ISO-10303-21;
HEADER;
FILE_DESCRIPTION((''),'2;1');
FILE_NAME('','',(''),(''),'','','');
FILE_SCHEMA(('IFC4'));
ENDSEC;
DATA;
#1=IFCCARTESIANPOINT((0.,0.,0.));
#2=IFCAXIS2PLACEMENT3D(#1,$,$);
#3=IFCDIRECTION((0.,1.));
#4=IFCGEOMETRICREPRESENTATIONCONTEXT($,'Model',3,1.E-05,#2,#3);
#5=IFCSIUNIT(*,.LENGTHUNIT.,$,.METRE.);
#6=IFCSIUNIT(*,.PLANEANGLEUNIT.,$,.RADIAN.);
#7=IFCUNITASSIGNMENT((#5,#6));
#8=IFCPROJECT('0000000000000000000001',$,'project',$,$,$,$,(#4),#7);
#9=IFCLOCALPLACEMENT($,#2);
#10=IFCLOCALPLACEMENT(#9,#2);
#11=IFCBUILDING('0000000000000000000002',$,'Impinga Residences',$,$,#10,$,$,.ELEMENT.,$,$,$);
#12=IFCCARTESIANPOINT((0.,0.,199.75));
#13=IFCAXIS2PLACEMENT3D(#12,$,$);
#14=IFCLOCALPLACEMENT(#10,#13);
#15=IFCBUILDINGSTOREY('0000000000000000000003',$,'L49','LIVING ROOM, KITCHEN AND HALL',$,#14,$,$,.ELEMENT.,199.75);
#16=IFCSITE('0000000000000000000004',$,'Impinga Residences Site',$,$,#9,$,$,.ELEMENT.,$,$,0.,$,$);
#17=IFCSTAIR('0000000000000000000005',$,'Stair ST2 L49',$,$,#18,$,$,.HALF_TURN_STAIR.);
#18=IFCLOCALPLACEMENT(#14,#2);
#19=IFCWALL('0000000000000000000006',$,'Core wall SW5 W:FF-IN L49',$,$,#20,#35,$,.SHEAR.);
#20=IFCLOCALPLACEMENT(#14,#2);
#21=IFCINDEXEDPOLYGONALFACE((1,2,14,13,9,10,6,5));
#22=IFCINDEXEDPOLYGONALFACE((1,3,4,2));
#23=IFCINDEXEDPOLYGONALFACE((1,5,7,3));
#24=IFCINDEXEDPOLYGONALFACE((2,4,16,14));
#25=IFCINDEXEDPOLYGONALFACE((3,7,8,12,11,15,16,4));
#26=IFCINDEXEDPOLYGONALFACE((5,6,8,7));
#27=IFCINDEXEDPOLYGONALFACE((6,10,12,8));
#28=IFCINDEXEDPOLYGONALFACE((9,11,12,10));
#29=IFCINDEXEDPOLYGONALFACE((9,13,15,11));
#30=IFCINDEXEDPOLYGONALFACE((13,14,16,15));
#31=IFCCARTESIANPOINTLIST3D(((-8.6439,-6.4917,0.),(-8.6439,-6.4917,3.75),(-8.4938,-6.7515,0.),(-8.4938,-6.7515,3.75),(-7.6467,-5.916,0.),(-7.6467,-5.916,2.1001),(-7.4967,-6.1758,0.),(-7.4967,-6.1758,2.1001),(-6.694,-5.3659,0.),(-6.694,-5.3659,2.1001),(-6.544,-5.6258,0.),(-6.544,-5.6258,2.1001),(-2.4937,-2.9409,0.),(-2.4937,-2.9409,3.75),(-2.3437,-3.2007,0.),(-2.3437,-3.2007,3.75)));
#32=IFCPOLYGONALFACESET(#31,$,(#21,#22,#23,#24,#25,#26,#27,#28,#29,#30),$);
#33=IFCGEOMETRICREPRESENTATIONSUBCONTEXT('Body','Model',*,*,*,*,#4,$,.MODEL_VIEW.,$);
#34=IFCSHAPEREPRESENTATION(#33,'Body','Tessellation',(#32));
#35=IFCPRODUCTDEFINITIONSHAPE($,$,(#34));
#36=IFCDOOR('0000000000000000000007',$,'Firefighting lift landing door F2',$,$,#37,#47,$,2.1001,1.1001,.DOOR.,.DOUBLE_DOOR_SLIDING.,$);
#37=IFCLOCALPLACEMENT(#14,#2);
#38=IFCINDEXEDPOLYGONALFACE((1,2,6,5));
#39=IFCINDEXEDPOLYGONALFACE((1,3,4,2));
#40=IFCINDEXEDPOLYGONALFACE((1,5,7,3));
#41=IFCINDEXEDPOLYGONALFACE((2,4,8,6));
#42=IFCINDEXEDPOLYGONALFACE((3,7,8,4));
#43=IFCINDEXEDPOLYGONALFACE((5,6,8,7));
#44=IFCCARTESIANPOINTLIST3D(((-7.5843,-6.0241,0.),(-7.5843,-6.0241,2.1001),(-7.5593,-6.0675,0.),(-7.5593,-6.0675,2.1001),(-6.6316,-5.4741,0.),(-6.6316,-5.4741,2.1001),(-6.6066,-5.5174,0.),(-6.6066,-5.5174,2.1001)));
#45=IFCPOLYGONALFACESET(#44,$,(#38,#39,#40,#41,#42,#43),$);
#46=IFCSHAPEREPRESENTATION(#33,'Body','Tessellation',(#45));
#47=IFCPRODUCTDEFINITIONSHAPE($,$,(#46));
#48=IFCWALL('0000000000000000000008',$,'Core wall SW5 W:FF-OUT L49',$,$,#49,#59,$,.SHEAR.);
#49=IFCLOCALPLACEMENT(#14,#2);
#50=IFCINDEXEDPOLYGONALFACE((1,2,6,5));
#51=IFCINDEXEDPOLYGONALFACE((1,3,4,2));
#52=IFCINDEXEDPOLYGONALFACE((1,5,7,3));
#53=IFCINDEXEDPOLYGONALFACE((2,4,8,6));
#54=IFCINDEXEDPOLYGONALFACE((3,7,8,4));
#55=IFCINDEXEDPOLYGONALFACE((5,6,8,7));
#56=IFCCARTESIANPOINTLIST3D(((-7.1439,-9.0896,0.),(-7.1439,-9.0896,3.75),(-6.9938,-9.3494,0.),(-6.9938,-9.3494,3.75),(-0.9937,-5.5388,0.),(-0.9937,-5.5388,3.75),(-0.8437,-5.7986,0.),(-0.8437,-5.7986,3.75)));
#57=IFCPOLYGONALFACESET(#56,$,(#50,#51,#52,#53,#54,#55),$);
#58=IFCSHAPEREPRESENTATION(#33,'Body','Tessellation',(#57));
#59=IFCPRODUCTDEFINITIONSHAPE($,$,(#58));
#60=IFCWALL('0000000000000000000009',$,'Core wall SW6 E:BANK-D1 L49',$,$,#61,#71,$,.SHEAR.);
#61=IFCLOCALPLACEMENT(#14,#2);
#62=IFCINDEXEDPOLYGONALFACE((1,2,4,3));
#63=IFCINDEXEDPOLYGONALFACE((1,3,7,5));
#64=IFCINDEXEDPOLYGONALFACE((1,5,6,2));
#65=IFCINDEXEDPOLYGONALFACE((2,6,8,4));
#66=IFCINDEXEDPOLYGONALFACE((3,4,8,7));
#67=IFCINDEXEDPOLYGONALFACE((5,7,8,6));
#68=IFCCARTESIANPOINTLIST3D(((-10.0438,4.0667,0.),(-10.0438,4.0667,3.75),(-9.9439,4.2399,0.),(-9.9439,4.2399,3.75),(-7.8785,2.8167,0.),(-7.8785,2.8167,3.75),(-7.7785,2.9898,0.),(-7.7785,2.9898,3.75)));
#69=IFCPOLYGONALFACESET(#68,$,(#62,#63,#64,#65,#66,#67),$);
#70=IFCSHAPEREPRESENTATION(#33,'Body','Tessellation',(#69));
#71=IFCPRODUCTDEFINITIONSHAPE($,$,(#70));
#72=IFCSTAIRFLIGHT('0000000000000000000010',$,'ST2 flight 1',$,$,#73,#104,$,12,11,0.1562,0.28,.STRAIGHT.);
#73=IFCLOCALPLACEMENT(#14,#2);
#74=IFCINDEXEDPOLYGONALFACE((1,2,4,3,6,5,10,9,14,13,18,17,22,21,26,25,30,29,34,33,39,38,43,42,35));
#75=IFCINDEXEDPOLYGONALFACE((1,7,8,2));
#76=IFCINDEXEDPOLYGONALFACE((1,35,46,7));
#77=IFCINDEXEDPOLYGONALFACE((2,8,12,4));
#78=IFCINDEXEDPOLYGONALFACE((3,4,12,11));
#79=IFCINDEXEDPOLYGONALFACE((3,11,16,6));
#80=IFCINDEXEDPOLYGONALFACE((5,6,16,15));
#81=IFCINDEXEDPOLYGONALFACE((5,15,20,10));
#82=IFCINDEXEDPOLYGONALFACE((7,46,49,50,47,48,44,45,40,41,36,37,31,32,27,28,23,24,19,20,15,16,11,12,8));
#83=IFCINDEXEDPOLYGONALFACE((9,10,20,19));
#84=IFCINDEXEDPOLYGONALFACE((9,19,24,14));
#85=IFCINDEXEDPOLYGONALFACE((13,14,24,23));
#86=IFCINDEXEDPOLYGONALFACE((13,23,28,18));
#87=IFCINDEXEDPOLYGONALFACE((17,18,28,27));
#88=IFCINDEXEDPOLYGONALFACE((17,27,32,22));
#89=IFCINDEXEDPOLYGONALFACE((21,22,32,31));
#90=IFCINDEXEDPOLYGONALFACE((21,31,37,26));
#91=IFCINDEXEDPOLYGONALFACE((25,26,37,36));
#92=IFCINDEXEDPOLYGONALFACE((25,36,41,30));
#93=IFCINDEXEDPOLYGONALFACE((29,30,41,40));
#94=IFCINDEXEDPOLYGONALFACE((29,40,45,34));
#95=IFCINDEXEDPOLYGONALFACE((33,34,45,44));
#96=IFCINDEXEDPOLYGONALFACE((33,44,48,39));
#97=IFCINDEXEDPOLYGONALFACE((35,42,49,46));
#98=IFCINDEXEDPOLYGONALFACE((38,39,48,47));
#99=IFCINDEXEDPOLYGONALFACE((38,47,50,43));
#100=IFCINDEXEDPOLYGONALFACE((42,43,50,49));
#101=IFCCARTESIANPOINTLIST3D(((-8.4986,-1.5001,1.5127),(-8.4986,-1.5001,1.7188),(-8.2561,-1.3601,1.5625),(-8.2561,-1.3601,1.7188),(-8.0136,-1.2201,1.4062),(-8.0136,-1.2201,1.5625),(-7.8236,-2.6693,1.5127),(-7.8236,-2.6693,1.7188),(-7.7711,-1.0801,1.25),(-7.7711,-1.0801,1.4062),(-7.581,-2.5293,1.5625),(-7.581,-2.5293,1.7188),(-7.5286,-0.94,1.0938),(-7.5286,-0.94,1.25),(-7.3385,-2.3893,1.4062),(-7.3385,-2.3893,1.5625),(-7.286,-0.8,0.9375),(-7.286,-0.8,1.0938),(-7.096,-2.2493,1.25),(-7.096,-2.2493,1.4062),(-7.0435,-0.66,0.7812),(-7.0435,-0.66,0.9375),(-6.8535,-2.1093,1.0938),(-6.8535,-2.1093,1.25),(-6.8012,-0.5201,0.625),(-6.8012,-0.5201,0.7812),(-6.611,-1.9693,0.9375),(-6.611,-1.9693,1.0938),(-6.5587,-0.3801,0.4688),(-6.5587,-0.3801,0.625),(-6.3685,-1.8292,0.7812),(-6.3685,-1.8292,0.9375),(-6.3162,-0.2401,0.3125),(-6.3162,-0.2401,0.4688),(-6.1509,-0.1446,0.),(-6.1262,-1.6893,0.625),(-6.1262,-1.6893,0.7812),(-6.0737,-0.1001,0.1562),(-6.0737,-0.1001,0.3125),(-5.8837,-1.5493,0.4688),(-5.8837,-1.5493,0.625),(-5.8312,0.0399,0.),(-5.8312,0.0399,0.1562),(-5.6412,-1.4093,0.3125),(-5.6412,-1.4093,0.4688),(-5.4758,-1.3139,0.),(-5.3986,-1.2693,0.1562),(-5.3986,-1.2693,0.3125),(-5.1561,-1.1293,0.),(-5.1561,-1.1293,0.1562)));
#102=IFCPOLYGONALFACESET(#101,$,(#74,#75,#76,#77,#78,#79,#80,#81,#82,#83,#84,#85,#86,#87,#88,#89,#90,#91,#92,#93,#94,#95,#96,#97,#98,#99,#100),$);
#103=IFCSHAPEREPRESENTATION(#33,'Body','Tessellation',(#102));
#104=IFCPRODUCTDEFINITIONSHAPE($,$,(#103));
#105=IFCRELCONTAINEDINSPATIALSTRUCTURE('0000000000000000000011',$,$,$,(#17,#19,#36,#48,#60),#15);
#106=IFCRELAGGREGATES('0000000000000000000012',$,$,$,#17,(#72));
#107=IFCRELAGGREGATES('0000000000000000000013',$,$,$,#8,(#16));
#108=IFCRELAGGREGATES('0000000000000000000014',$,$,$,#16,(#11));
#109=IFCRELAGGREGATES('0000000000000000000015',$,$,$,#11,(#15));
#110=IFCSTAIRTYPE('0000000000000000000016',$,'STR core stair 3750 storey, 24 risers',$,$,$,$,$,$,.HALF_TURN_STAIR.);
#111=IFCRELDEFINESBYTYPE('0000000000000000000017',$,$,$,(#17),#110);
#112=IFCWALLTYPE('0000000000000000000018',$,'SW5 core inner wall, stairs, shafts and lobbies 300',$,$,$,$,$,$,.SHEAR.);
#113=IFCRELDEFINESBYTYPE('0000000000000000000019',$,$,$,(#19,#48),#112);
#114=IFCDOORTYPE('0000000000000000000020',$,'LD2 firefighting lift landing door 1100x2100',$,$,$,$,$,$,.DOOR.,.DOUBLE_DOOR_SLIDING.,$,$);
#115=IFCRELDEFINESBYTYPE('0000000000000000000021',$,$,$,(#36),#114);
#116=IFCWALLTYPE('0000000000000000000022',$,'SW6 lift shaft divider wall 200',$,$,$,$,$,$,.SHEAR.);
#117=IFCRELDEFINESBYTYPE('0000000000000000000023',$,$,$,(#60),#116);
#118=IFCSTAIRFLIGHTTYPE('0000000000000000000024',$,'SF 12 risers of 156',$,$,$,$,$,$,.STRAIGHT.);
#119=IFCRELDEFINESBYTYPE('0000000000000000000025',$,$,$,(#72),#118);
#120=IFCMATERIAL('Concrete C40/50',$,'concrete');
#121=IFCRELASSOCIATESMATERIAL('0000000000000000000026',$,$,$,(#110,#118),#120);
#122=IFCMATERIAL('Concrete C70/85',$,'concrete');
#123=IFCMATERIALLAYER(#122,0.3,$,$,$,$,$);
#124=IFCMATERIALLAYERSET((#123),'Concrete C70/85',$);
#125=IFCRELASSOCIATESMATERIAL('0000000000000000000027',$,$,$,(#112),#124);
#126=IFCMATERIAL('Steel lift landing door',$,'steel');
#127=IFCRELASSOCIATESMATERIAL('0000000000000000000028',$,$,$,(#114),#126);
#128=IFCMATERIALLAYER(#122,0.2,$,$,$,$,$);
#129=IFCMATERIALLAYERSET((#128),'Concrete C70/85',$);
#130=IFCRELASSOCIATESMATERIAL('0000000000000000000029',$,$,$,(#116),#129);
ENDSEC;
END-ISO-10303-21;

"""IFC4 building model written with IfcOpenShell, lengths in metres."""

from ifc_helpers import new_model, si_unit, direction, frame, frame_2d, origin, place, context, subcontext, project, spatial, polyline, rectangle, outline, extrude, material, layer, layer_set, type_object, element, fill, aggregate, save


model = new_model("IFC4")

# Units and contexts
model_context = context("Model", 3, precision=1e-05, world=origin(), true_north=direction((0.0, 1.0)))
body_context = subcontext(model_context, "Body", "Model", "MODEL_VIEW")
ifc_project = project(units=[si_unit("LENGTHUNIT", "METRE"), si_unit("PLANEANGLEUNIT", "RADIAN")], contexts=[model_context])

# Site, building, storey
site_placement = place(None, origin())
site = spatial("IfcSite", under=ifc_project, at=site_placement, Name="Impinga Residences Site", CompositionType="ELEMENT", RefElevation=0.0)
building_placement = place(site_placement, origin())
building = spatial("IfcBuilding", under=site, at=building_placement, Name="Impinga Residences", CompositionType="ELEMENT")
storey_placement = place(building_placement, frame((0.0, 0.0, 199.75)))
storey = spatial("IfcBuildingStorey", under=building, at=storey_placement, Name="L49", Description="LIVING ROOM, KITCHEN AND HALL", CompositionType="ELEMENT", Elevation=199.75)

# Stair
ifc_material_1 = material(Name="Concrete C40/50", Category="concrete")
stair_type_1 = type_object("IfcStairType", Name="STR core stair 3750 storey, 24 risers", PredefinedType="HALF_TURN_STAIR", material=ifc_material_1)
stair_1_placement = place(storey_placement, origin())
stair_1 = element("IfcStair", 1, at=stair_1_placement, inside=storey, type_object=stair_type_1, Name="Stair ST2 L49", PredefinedType="HALF_TURN_STAIR")

# Shared definitions
ifc_material_2 = material(Name="Concrete C70/85", Category="concrete")
ifc_layer_1 = layer(ifc_material_2, 0.3)
ifc_layer_set_1 = layer_set([ifc_layer_1], Name="Concrete C70/85")
wall_type_1 = type_object("IfcWallType", Name="SW5 core inner wall, stairs, shafts and lobbies 300", PredefinedType="SHEAR", material=ifc_layer_set_1)

# Wall, opening, door
wall_1_placement = place(storey_placement, frame((-2.4187, -3.0708, 0.0), z_axis=(0.0, 0.0, 1.0), x_axis=(-0.866026, -0.499999, 0.0)))
wall_1 = element("IfcWall", 2, at=wall_1_placement, inside=storey, type_object=wall_type_1, Name="Core wall SW5 W:FF-IN L49", PredefinedType="SHEAR", context=body_context, shape_type="SweptSolid", body=[
    extrude(rectangle(XDim=7.1016, YDim=0.3, at=frame_2d((3.5508, 0.0))), origin(), (0.0, 0.0, 1.0), 3.75),
])
opening_1_placement = place(wall_1_placement, frame((4.8501, 0.0, 0.0)))
opening_1 = element("IfcOpeningElement", 3, at=opening_1_placement, cuts=wall_1, PredefinedType="OPENING", context=body_context, shape_type="SweptSolid", body=[
    extrude(rectangle(XDim=1.1001, YDim=2.1001, at=frame_2d((0.55, 1.05))), frame((0.0, 0.1599, 0.0), z_axis=(0.0, -1.0, 0.0), x_axis=(1.0, 0.0, 0.0)), (0.0, 0.0, 1.0), 0.3201),
])
ifc_material_3 = material(Name="Steel lift landing door", Category="steel")
door_type_1 = type_object("IfcDoorType", Name="LD2 firefighting lift landing door 1100x2100", OperationType="DOUBLE_DOOR_SLIDING", PredefinedType="DOOR", material=ifc_material_3)
door_1_placement = place(opening_1_placement, origin())
door_1 = element("IfcDoor", 4, at=door_1_placement, inside=storey, type_object=door_type_1, Name="Firefighting lift landing door F2", OperationType="DOUBLE_DOOR_SLIDING", OverallHeight=2.1001, OverallWidth=1.1001, PredefinedType="DOOR", context=body_context, shape_type="SweptSolid", body=[
    extrude(rectangle(XDim=1.1001, YDim=2.1001, at=frame_2d((0.55, 1.05))), frame((0.0, 0.0249, 0.0), z_axis=(0.0, -1.0, 0.0), x_axis=(1.0, 0.0, 0.0)), (0.0, 0.0, 1.0), 0.05),
])
fill(opening_1, door_1)

# Walls
wall_2_placement = place(storey_placement, frame((-0.9187, -5.6687, 0.0), z_axis=(0.0, 0.0, 1.0), x_axis=(-0.866026, -0.499999, 0.0)))
element("IfcWall", 5, at=wall_2_placement, inside=storey, type_object=wall_type_1, Name="Core wall SW5 W:FF-OUT L49", PredefinedType="SHEAR", context=body_context, shape_type="SweptSolid", body=[
    extrude(rectangle(XDim=7.1016, YDim=0.3, at=frame_2d((3.5508, 0.0))), origin(), (0.0, 0.0, 1.0), 3.75),
])
ifc_layer_2 = layer(ifc_material_2, 0.2)
ifc_layer_set_2 = layer_set([ifc_layer_2], Name="Concrete C70/85")
wall_type_2 = type_object("IfcWallType", Name="SW6 lift shaft divider wall 200", PredefinedType="SHEAR", material=ifc_layer_set_2)
wall_3_placement = place(storey_placement, frame((-7.8286, 2.9033, 0.0), z_axis=(0.0, 0.0, 1.0), x_axis=(-0.866047, 0.499962, 0.0)))
element("IfcWall", 6, at=wall_3_placement, inside=storey, type_object=wall_type_2, Name="Core wall SW6 E:BANK-D1 L49", PredefinedType="SHEAR", context=body_context, shape_type="SweptSolid", body=[
    extrude(rectangle(XDim=2.5002, YDim=0.2, at=frame_2d((1.25, 0.0))), origin(), (0.0, 0.0, 1.0), 3.75),
])

# Stair flight
stair_flight_type = type_object("IfcStairFlightType", Name="SF 12 risers of 156", PredefinedType="STRAIGHT", material=ifc_material_1)
stair_flight_placement = place(storey_placement, frame((-5.4937, -0.5447, 0.0), z_axis=(0.0, 0.0, 1.0), x_axis=(-0.866025, -0.5, 0.0)))
stair_flight = element("IfcStairFlight", 7, at=stair_flight_placement, type_object=stair_flight_type, Name="ST2 flight 1", NumberOfRisers=12, NumberOfTreads=11, PredefinedType="STRAIGHT", RiserHeight=0.1562, TreadLength=0.28, context=body_context, shape_type="SweptSolid", body=[
    extrude(outline(polyline([(0.0, 0.0), (0.0, 0.1562), (0.28, 0.1562), (0.28, 0.3125), (0.5601, 0.3125), (0.5601, 0.4688), (0.8401, 0.4688), (0.8401, 0.625), (1.1201, 0.625), (1.1201, 0.7812), (1.3999, 0.7812), (1.3999, 0.9375), (1.6799, 0.9375), (1.6799, 1.0938), (1.96, 1.0938), (1.96, 1.25), (2.24, 1.25), (2.24, 1.4062), (2.52, 1.4062), (2.52, 1.5625), (2.8, 1.5625), (2.8, 1.7188), (3.0801, 1.7188), (3.0801, 1.875), (3.0801, 1.5127), (0.3691, 0.0), (0.0, 0.0)])), frame((0.0, 0.675, 0.0), z_axis=(0.0, -1.0, 0.0), x_axis=(1.0, 0.0, 0.0)), (0.0, 0.0, 1.0), 1.3501),
])
aggregate(stair_1, [stair_flight])

save(model, "model.ifc")
